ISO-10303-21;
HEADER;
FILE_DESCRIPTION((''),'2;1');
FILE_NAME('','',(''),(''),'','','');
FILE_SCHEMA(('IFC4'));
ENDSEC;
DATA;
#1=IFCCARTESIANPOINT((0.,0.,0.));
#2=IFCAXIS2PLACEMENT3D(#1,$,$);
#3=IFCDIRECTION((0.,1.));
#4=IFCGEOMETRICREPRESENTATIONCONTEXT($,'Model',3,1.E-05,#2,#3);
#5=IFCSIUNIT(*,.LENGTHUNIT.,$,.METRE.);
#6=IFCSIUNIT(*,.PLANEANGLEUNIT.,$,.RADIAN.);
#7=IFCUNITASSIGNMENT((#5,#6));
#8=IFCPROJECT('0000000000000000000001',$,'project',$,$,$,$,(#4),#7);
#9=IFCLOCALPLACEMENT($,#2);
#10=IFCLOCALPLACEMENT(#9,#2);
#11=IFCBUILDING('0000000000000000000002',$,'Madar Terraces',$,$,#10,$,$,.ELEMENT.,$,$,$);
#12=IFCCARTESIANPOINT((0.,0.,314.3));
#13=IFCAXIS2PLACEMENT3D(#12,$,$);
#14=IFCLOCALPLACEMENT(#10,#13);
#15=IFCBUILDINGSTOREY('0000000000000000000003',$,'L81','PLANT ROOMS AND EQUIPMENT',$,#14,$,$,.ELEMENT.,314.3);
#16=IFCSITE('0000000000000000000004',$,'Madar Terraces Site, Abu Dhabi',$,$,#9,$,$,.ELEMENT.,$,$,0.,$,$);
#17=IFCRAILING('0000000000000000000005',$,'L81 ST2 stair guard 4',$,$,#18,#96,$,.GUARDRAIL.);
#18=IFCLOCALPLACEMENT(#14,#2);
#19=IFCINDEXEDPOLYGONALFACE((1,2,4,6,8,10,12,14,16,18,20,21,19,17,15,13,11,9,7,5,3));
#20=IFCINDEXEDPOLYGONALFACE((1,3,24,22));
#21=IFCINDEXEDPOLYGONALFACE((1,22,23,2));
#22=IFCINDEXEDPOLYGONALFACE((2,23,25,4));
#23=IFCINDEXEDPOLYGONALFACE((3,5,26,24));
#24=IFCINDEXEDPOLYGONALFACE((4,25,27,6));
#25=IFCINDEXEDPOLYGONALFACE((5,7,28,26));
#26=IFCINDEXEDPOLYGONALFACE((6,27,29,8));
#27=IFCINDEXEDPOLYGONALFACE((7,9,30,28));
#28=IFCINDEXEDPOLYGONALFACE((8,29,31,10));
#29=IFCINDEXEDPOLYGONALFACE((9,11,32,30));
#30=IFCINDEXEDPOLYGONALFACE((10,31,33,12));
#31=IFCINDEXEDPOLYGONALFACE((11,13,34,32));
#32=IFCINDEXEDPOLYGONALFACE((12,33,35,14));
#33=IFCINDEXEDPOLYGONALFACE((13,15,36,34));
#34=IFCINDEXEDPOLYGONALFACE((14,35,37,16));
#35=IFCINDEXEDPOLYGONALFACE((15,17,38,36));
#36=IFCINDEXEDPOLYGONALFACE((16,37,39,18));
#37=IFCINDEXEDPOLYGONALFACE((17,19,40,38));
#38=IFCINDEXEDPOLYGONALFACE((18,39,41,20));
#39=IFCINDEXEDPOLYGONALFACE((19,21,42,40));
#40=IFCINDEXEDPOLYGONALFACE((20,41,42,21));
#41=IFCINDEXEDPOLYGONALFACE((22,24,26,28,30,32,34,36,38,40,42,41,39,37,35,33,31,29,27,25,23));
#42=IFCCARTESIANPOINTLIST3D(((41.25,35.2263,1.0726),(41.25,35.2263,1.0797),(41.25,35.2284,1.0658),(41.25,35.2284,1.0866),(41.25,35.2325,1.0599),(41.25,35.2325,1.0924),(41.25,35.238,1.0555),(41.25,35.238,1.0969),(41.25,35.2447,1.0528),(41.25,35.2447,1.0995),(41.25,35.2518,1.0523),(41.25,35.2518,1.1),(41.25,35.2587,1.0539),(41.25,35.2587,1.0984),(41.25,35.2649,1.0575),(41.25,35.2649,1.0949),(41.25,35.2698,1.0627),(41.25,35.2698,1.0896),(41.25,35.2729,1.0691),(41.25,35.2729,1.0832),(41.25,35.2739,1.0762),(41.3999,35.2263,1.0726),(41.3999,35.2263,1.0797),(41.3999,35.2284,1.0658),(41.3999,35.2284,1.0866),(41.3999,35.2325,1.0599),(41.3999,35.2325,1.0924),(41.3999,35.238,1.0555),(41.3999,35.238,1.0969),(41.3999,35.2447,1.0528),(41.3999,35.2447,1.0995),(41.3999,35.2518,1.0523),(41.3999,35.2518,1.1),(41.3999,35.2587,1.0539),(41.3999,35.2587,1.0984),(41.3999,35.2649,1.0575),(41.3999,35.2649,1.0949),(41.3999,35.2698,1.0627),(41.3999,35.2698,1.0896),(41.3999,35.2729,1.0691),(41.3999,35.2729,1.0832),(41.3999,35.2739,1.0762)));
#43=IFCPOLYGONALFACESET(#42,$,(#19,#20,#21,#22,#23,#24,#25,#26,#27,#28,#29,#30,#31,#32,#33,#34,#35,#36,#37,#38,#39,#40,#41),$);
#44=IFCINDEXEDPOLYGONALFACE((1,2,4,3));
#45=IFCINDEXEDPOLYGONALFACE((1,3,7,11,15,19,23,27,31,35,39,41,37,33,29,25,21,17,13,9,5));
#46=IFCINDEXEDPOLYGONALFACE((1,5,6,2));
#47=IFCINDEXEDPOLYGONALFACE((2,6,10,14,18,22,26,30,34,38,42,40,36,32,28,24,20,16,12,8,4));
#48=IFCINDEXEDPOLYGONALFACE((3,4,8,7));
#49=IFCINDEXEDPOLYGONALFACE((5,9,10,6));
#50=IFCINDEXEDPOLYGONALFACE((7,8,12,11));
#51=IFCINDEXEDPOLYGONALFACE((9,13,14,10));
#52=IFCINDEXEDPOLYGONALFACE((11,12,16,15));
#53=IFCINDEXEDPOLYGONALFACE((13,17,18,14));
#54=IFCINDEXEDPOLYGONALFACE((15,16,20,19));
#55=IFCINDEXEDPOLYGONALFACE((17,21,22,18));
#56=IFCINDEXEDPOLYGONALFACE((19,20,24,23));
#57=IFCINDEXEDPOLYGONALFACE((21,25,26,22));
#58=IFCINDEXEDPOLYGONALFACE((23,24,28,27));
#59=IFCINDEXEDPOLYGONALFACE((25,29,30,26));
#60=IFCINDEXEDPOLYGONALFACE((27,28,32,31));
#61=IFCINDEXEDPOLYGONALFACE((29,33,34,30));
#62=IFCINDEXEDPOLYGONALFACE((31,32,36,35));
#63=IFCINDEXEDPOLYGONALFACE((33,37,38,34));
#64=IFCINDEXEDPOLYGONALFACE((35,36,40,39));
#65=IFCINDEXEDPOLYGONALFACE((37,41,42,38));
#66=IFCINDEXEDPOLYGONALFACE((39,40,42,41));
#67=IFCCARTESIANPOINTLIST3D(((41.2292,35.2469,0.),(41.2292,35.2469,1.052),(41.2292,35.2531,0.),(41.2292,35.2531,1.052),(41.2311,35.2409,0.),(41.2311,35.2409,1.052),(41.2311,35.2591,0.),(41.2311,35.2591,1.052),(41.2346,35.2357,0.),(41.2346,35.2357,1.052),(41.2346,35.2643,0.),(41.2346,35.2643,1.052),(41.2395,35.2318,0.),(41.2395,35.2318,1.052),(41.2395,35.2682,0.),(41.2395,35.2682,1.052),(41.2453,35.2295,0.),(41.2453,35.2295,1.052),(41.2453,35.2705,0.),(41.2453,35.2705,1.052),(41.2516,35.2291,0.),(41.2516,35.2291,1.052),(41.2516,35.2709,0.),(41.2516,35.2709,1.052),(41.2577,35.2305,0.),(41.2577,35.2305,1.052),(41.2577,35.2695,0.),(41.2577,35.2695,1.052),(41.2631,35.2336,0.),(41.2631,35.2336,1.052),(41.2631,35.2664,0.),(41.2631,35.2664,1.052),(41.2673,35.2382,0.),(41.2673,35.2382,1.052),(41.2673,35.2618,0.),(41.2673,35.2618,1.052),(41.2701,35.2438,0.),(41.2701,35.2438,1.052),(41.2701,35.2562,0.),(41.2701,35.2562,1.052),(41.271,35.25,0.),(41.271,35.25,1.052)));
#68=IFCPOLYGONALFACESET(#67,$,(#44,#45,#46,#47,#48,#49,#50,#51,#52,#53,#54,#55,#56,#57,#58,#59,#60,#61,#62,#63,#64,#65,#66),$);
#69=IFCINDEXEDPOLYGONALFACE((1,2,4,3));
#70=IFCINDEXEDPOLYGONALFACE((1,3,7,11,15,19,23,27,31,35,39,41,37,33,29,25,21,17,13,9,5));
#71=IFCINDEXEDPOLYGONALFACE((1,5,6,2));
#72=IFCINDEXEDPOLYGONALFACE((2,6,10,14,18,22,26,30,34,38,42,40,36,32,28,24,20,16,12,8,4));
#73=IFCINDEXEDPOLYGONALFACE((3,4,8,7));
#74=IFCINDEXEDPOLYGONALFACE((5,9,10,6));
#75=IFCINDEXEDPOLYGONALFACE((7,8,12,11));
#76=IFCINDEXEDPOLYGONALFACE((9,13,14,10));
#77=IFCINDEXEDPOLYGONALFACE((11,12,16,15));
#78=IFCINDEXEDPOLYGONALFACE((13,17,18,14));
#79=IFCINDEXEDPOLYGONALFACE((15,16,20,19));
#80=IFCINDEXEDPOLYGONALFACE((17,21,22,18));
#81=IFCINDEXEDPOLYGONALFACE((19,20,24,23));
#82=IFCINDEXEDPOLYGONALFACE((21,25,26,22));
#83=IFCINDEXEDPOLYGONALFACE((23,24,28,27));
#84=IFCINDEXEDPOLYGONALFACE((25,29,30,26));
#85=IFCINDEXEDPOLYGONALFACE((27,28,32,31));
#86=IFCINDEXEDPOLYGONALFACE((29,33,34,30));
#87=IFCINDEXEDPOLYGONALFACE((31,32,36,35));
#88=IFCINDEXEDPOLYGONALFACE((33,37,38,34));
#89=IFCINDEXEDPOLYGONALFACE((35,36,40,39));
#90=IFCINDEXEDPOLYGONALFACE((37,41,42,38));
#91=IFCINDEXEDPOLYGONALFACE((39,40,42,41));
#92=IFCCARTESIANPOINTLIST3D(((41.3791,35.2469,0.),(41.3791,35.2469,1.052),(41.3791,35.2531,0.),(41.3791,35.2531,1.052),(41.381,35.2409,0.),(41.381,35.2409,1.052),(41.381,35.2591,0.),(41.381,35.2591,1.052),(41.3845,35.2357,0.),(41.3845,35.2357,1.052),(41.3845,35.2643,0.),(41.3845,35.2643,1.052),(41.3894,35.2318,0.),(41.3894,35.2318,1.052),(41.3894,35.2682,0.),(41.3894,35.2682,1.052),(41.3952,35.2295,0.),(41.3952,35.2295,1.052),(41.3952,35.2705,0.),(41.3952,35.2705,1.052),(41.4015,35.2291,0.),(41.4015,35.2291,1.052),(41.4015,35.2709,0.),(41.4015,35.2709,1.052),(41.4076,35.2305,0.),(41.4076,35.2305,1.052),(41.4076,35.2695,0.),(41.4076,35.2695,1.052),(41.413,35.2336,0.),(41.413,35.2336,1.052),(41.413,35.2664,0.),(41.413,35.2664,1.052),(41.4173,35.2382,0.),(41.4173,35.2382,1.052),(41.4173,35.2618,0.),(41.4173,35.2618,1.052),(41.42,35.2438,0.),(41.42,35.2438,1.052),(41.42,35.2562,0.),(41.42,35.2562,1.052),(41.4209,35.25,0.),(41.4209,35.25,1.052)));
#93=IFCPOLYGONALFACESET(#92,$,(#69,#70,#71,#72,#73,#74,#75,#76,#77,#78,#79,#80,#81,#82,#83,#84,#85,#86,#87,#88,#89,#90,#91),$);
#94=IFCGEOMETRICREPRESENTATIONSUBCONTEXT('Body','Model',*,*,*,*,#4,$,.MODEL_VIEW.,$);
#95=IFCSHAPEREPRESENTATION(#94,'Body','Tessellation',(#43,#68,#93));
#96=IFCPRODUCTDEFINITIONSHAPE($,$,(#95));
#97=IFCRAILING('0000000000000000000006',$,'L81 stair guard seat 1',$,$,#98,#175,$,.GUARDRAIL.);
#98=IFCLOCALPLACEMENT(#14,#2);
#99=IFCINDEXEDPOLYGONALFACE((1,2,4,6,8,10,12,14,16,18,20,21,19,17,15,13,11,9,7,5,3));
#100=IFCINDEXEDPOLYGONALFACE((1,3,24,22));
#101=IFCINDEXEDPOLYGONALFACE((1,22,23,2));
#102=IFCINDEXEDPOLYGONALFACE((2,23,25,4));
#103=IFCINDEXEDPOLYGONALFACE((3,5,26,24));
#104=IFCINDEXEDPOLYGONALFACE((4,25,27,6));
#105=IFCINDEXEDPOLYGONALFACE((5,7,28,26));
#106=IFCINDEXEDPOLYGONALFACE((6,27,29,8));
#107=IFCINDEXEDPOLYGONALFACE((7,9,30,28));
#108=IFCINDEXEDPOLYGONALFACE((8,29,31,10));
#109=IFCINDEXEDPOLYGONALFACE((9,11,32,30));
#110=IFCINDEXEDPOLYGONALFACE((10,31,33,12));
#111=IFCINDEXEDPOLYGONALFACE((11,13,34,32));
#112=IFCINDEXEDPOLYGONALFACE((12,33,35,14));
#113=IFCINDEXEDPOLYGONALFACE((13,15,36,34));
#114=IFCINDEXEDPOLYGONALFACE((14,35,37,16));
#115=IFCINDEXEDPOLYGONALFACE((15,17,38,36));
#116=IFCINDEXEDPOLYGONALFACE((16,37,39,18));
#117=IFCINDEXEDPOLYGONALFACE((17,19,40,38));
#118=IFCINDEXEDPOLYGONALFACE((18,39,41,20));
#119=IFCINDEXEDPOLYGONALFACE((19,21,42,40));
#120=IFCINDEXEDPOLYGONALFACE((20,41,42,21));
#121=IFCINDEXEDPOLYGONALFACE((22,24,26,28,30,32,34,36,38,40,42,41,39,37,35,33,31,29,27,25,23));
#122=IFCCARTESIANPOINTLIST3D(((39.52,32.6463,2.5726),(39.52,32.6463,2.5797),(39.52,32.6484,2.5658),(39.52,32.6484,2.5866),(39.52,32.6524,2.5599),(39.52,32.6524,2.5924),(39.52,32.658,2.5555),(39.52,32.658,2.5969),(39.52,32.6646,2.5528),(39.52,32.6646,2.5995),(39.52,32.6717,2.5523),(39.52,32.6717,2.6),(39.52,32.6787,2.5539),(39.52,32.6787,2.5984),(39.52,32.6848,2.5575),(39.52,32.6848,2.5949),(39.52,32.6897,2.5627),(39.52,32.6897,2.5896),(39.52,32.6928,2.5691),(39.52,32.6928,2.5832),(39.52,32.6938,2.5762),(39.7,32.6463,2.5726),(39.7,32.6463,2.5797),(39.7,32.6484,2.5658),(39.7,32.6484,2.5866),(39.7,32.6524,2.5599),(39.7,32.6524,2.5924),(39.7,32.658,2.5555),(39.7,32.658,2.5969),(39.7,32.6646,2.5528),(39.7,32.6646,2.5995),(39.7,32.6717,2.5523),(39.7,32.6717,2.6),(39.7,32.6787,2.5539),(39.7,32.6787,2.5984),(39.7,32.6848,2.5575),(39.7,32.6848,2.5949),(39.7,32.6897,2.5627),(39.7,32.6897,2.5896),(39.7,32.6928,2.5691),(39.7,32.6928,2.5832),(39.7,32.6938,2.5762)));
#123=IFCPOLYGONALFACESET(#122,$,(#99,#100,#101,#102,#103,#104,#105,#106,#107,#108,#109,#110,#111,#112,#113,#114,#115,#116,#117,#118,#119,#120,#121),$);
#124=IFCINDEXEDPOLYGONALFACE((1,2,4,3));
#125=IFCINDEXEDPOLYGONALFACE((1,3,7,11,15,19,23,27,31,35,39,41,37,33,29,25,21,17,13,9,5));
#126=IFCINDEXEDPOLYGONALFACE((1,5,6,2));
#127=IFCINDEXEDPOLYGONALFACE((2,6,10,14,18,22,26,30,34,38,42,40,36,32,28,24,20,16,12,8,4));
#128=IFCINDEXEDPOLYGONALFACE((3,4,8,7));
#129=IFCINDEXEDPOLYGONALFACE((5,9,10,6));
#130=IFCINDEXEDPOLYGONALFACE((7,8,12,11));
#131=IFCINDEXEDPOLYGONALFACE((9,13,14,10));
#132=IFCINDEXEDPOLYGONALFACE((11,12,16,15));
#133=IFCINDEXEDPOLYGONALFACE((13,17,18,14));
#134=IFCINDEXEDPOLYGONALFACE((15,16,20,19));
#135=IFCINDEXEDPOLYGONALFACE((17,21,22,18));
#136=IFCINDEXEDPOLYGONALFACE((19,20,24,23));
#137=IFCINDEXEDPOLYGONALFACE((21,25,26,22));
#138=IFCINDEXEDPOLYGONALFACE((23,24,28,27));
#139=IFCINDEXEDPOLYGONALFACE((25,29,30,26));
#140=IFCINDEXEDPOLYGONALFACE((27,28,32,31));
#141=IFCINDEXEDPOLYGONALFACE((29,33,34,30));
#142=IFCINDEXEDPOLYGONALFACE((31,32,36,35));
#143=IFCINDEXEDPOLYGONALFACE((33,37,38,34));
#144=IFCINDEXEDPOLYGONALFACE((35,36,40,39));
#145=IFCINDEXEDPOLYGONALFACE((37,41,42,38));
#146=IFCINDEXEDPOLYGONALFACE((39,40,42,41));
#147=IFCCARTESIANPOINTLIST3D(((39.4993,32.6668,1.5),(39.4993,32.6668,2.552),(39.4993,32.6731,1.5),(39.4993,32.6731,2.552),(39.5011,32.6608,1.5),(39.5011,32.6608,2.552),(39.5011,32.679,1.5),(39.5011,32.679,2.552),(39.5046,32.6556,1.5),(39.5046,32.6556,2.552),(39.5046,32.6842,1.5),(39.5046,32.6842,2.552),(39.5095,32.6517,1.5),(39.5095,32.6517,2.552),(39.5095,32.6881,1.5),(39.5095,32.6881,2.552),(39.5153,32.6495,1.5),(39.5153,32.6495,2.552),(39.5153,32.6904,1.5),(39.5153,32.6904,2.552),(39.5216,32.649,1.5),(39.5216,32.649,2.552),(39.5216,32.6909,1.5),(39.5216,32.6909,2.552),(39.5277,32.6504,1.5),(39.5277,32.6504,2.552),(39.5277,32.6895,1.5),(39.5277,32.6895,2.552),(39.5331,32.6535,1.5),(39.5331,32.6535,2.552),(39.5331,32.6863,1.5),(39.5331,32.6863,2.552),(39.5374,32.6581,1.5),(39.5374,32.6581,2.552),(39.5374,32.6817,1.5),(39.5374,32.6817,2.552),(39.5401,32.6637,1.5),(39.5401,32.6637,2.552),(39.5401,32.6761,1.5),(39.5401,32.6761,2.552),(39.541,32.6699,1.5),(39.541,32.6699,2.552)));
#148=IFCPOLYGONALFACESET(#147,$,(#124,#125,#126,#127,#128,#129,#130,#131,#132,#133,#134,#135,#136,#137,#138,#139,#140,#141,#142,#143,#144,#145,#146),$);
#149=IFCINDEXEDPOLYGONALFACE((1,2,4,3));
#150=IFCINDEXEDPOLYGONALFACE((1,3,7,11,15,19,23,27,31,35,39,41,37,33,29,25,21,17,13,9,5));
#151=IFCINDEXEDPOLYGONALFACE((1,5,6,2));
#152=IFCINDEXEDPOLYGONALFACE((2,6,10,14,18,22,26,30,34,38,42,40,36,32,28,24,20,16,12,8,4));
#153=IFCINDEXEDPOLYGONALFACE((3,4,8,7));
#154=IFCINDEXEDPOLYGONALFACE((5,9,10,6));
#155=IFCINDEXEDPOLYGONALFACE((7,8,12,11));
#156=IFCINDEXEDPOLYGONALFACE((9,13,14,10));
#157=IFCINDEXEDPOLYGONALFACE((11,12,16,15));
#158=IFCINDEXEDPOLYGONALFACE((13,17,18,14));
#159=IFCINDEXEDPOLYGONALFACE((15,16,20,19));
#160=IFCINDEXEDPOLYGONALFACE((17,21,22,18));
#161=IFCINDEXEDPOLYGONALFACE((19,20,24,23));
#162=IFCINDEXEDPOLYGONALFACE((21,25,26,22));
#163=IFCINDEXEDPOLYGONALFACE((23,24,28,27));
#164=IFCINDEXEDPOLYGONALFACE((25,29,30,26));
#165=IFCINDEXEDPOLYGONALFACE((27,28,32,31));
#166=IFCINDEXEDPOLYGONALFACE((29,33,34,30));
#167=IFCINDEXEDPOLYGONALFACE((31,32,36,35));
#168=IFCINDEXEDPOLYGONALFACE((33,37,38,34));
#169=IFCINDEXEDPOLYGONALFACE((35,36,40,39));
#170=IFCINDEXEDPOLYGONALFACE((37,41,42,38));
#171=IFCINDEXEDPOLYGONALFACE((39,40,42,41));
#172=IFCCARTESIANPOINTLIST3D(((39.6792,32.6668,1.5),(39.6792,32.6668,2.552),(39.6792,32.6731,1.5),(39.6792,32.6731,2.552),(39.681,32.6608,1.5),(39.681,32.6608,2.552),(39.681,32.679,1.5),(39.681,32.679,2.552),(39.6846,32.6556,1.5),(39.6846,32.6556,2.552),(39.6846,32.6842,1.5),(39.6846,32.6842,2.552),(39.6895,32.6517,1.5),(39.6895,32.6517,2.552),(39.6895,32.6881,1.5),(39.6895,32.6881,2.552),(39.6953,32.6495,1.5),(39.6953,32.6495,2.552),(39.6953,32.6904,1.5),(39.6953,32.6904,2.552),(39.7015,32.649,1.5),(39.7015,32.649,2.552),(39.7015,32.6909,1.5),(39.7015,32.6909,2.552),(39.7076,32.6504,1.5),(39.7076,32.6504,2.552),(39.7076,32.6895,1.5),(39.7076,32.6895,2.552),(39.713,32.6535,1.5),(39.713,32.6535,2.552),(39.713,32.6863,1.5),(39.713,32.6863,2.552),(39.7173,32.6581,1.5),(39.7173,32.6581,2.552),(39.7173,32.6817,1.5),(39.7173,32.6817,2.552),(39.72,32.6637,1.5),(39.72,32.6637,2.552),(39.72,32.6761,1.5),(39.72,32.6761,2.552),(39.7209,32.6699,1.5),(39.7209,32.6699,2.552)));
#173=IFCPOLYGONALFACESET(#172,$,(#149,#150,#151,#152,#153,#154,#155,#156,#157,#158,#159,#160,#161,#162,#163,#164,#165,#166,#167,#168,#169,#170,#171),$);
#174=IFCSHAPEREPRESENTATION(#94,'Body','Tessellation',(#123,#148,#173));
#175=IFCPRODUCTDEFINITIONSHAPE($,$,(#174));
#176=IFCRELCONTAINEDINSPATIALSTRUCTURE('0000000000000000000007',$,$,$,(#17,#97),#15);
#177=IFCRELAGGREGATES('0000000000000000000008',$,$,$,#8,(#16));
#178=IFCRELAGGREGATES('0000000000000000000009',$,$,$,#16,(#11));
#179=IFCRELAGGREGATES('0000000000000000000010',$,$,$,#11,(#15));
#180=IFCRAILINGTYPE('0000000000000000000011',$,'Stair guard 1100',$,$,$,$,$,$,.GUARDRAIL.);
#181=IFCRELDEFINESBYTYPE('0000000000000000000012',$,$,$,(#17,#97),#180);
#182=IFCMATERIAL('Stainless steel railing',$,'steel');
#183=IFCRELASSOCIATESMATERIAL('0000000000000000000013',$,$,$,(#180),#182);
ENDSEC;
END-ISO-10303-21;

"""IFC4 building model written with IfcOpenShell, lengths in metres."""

from ifc_helpers import new_model, si_unit, direction, frame, origin, origin_2d, place, context, subcontext, project, spatial, circle, extrude, material, type_object, element, save


model = new_model("IFC4")

# Units and contexts
model_context = context("Model", 3, precision=1e-05, world=origin(), true_north=direction((0.0, 1.0)))
body_context = subcontext(model_context, "Body", "Model", "MODEL_VIEW")
ifc_project = project(units=[si_unit("LENGTHUNIT", "METRE"), si_unit("PLANEANGLEUNIT", "RADIAN")], contexts=[model_context])

# Site, building, storey
site_placement = place(None, origin())
site = spatial("IfcSite", under=ifc_project, at=site_placement, Name="Madar Terraces Site, Abu Dhabi", CompositionType="ELEMENT", RefElevation=0.0)
building_placement = place(site_placement, origin())
building = spatial("IfcBuilding", under=site, at=building_placement, Name="Madar Terraces", CompositionType="ELEMENT")
storey_placement = place(building_placement, frame((0.0, 0.0, 314.3)))
storey = spatial("IfcBuildingStorey", under=building, at=storey_placement, Name="L81", Description="PLANT ROOMS AND EQUIPMENT", CompositionType="ELEMENT", Elevation=314.3)

# Railings
ifc_material_1 = material(Name="Stainless steel railing", Category="steel")
railing_type_1 = type_object("IfcRailingType", Name="Stair guard 1100", PredefinedType="GUARDRAIL", material=ifc_material_1)
railing_1_placement = place(storey_placement, frame((41.25, 35.25, 0.0)))
element("IfcRailing", 1, at=railing_1_placement, inside=storey, type_object=railing_type_1, Name="L81 ST2 stair guard 4", PredefinedType="GUARDRAIL", context=body_context, shape_type="SweptSolid", body=[
    extrude(circle(Radius=0.0239, at=origin_2d()), frame((0.0, 0.0, 1.0762), z_axis=(1.0, 0.0, 0.0), x_axis=(0.0, 1.0, 0.0)), (0.0, 0.0, 1.0), 0.1499),
    extrude(circle(Radius=0.021, at=origin_2d()), origin(), (0.0, 0.0, 1.0), 1.052),
    extrude(circle(Radius=0.021, at=origin_2d()), frame((0.1499, 0.0, 0.0)), (0.0, 0.0, 1.0), 1.052),
])
for number, where, name in (
    (2, (39.52, 32.6699, 1.5), "L81 stair guard seat 1"),
):
    element("IfcRailing", number, at=place(storey_placement, frame(where)), inside=storey, type_object=railing_type_1, Name=name, PredefinedType="GUARDRAIL", context=body_context, shape_type="SweptSolid", body=[
        extrude(circle(Radius=0.0239, at=origin_2d()), frame((0.0, 0.0, 1.0762), z_axis=(1.0, 0.0, 0.0), x_axis=(0.0, 1.0, 0.0)), (0.0, 0.0, 1.0), 0.1799),
        extrude(circle(Radius=0.021, at=origin_2d()), origin(), (0.0, 0.0, 1.0), 1.052),
        extrude(circle(Radius=0.021, at=origin_2d()), frame((0.1799, 0.0, 0.0)), (0.0, 0.0, 1.0), 1.052),
    ])

save(model, "model.ifc")
